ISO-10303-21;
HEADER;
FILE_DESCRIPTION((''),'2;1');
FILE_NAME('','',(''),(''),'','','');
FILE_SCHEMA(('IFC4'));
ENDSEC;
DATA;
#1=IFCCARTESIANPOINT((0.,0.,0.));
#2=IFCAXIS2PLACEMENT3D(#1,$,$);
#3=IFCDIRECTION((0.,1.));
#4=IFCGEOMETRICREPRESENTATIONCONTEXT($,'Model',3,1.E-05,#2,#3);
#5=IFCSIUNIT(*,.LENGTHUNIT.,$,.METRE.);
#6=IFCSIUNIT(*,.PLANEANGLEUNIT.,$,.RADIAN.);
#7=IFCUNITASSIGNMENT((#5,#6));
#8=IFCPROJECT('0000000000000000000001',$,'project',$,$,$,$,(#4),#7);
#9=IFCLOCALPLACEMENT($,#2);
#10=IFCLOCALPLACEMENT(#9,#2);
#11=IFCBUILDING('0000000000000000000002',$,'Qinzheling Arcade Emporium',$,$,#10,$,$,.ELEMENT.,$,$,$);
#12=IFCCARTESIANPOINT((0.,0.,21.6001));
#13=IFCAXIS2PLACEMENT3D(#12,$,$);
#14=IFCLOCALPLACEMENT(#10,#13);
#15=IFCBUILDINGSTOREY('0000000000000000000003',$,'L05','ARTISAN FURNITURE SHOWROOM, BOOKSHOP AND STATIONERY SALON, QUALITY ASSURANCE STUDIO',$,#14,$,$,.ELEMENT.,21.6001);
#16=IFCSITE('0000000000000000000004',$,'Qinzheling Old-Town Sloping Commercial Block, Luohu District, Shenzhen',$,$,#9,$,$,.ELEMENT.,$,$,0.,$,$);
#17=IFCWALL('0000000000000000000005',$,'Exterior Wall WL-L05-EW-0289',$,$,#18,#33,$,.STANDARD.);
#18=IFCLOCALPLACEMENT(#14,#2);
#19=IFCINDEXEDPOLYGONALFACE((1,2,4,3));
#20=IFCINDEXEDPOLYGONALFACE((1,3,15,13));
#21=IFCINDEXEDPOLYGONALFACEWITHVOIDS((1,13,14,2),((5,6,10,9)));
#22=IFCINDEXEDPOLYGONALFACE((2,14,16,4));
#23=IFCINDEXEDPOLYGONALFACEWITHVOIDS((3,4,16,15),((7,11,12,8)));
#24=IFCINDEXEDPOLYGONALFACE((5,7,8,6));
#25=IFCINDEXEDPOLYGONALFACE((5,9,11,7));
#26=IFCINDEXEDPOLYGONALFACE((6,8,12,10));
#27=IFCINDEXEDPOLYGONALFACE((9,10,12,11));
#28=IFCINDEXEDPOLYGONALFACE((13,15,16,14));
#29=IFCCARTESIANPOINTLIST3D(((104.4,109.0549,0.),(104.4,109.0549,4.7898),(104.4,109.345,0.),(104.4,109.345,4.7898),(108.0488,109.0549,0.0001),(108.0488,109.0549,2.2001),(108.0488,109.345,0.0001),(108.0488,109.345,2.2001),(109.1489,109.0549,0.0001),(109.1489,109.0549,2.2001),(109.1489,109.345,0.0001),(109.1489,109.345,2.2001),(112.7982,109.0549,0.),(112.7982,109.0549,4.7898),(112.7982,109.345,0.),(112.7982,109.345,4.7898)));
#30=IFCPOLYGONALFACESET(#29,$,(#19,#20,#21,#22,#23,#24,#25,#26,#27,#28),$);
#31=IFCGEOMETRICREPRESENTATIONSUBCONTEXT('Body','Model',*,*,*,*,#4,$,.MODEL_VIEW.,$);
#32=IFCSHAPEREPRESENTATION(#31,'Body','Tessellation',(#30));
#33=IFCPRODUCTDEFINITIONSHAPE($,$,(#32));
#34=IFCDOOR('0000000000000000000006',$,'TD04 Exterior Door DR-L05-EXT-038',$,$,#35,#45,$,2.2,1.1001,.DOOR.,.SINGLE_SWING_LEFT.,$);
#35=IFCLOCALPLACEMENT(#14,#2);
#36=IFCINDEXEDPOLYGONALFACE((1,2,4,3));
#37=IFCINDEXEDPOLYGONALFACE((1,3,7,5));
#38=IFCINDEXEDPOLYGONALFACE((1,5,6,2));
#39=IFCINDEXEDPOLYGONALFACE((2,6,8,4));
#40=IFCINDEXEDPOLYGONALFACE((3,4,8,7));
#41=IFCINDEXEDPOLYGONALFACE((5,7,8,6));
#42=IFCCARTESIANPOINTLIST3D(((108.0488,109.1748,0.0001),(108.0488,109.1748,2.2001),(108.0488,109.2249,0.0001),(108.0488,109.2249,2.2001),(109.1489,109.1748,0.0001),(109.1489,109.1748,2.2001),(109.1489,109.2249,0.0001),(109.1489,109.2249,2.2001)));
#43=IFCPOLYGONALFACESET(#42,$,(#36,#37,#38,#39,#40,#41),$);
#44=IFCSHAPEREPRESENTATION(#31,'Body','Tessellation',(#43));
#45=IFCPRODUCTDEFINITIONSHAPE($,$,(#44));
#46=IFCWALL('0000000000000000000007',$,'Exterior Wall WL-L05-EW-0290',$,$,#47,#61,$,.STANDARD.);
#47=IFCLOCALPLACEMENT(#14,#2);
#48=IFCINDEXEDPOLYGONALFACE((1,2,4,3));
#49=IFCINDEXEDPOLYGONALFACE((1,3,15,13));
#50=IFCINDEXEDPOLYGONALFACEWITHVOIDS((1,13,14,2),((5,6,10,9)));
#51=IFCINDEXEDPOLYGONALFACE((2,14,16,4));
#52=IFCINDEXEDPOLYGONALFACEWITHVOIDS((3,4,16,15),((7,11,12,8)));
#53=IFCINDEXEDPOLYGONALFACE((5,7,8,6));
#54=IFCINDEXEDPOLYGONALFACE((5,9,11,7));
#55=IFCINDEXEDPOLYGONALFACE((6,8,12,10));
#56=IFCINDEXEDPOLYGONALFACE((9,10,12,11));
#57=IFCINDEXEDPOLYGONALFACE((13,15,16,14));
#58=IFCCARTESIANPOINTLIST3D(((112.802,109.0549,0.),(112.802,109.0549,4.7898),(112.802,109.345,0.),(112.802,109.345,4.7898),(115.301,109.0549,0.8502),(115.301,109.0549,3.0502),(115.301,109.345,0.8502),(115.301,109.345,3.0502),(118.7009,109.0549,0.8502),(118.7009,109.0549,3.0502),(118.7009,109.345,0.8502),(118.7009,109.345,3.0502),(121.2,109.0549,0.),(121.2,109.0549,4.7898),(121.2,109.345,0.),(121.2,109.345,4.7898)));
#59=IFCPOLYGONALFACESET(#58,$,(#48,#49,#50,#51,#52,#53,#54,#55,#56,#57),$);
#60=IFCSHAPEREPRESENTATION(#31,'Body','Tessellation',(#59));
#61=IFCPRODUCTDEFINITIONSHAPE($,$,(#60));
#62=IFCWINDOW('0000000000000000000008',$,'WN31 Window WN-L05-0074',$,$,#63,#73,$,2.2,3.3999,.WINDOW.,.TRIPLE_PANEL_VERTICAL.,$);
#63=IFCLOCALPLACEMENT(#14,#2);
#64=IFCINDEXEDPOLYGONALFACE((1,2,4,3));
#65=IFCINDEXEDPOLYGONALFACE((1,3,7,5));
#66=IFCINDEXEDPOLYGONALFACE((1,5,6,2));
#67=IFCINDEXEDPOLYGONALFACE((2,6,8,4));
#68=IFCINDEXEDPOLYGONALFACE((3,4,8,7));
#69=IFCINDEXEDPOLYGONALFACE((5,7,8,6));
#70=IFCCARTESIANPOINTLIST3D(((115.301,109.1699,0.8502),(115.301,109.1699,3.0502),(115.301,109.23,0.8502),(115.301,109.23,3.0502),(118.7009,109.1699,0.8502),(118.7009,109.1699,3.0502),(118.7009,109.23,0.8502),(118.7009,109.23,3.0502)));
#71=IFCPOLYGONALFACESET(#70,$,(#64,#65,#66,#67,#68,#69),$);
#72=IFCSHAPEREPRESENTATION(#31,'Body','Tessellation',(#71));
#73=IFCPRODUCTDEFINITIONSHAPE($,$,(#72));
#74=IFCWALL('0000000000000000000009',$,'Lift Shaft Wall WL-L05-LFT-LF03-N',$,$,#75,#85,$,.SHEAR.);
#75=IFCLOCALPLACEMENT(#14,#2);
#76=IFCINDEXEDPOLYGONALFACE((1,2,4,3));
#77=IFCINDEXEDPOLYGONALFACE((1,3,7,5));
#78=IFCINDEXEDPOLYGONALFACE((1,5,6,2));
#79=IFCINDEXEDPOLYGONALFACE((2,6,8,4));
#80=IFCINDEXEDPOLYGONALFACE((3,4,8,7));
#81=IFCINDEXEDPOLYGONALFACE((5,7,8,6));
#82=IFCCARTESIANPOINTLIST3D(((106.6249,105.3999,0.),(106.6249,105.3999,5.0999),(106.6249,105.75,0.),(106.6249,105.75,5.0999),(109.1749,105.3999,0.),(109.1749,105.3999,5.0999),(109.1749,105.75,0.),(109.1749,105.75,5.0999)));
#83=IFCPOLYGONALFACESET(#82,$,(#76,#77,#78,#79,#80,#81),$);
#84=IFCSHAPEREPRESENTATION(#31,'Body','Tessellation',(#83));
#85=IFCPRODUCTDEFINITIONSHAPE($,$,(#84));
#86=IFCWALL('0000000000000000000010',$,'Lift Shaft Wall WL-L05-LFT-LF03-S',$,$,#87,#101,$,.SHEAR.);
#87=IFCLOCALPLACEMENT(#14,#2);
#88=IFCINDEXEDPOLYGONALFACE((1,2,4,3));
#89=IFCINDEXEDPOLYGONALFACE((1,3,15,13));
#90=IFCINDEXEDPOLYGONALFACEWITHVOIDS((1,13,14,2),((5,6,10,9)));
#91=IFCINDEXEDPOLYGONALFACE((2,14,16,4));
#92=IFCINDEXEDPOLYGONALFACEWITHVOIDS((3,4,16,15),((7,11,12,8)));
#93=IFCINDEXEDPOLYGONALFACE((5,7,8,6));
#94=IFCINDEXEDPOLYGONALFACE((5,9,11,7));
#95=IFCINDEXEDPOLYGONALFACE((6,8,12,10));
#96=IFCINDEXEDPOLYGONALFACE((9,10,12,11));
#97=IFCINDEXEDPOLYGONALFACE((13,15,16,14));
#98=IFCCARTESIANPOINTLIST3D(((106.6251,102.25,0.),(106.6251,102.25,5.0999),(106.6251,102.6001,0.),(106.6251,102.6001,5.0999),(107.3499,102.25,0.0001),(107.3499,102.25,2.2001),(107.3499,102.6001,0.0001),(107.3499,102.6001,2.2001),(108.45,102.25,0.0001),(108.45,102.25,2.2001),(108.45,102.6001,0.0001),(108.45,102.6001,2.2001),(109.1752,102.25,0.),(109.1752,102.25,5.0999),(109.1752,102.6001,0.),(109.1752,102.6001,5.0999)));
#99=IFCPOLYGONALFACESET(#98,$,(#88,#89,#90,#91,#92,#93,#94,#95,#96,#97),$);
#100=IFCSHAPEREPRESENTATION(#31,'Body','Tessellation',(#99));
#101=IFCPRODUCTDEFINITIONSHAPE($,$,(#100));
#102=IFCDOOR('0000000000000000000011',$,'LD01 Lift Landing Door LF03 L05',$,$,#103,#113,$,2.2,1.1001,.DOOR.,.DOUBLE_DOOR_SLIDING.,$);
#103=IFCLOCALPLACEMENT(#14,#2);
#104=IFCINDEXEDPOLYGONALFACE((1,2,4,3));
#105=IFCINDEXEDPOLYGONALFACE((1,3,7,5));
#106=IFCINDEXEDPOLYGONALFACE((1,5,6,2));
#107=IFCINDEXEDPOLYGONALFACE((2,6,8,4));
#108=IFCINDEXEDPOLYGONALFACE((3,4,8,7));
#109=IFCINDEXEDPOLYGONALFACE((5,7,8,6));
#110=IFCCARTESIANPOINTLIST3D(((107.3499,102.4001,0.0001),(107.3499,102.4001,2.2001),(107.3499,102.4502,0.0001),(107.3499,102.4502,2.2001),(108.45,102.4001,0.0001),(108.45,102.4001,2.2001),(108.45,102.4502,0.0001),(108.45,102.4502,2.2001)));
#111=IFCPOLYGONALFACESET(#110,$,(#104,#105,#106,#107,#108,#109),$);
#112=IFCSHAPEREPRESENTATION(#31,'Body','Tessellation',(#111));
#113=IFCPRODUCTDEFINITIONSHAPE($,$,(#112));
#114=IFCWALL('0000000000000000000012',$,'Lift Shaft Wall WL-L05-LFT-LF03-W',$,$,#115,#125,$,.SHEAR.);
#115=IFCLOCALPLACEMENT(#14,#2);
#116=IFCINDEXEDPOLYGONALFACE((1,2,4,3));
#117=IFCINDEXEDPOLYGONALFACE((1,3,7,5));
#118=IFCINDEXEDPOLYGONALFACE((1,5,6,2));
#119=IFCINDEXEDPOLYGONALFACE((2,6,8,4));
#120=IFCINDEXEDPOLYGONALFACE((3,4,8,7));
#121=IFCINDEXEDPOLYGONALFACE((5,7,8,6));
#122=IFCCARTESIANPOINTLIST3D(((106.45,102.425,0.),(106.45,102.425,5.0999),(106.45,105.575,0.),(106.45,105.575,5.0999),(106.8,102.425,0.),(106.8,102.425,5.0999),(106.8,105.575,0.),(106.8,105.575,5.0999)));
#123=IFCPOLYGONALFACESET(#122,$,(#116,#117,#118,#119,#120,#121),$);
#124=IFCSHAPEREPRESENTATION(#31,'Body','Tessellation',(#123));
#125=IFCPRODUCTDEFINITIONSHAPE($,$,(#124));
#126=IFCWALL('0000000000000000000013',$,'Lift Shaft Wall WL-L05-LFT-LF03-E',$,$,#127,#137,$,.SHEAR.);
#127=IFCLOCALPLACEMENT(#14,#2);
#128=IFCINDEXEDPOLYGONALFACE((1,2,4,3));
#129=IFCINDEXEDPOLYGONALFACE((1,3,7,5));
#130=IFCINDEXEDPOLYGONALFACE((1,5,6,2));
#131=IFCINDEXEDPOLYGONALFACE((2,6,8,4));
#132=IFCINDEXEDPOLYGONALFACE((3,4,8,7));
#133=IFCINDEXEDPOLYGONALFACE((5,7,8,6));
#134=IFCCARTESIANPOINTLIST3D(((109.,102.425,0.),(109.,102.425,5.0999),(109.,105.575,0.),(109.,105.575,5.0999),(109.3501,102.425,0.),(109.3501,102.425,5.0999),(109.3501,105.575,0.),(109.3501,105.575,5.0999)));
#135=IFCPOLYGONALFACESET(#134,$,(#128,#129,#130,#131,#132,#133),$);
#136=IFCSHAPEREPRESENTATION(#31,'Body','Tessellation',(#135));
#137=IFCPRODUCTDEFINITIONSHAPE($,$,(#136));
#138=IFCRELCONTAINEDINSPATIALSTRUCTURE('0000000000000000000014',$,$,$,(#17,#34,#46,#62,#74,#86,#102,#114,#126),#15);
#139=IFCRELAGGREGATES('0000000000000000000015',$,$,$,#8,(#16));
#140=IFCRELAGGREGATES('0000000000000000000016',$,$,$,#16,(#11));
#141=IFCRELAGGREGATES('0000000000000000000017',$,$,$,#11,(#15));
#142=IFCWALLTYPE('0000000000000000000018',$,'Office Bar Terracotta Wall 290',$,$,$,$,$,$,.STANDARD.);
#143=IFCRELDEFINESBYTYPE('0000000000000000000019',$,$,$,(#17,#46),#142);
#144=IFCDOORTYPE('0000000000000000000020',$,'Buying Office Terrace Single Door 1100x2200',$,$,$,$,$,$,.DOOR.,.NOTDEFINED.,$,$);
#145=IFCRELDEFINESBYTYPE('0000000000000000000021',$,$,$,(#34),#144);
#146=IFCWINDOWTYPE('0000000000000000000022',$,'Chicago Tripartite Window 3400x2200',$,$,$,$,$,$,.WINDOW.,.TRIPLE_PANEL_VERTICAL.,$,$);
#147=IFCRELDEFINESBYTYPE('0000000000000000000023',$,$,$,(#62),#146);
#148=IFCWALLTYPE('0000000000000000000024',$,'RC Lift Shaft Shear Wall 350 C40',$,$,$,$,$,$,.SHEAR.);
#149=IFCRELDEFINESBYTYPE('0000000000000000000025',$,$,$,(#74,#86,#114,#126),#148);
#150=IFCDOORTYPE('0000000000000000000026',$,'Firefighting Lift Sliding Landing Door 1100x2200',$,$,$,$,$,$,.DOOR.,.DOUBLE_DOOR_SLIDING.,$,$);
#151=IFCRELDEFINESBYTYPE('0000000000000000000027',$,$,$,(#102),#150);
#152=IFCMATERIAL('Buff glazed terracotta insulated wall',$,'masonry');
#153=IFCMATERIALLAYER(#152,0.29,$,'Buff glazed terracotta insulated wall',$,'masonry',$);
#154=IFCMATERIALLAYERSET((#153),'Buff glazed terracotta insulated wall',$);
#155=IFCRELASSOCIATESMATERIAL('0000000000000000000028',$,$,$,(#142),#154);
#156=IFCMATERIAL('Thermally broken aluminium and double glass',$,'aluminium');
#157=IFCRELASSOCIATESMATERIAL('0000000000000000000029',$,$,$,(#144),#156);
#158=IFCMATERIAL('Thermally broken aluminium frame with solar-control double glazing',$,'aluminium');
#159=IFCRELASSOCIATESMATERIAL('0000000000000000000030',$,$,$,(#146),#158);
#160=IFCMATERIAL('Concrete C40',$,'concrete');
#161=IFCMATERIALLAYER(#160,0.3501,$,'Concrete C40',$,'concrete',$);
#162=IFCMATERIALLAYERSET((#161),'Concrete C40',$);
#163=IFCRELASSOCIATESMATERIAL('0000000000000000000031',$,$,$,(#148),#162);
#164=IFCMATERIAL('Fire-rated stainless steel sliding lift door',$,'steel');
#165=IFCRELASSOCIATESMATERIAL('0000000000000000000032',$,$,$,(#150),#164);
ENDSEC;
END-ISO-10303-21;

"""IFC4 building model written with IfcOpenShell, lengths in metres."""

from ifc_helpers import new_model, si_unit, direction, frame, frame_2d, origin, place, context, subcontext, project, spatial, rectangle, extrude, material, layer, layer_set, type_object, element, fill, save


model = new_model("IFC4")

# Units and contexts
model_context = context("Model", 3, precision=1e-05, world=origin(), true_north=direction((0.0, 1.0)))
body_context = subcontext(model_context, "Body", "Model", "MODEL_VIEW")
ifc_project = project(units=[si_unit("LENGTHUNIT", "METRE"), si_unit("PLANEANGLEUNIT", "RADIAN")], contexts=[model_context])

# Site, building, storey
site_placement = place(None, origin())
site = spatial("IfcSite", under=ifc_project, at=site_placement, Name="Qinzheling Old-Town Sloping Commercial Block, Luohu District, Shenzhen", CompositionType="ELEMENT", RefElevation=0.0)
building_placement = place(site_placement, origin())
building = spatial("IfcBuilding", under=site, at=building_placement, Name="Qinzheling Arcade Emporium", CompositionType="ELEMENT")
storey_placement = place(building_placement, frame((0.0, 0.0, 21.6001)))
storey = spatial("IfcBuildingStorey", under=building, at=storey_placement, Name="L05", Description="ARTISAN FURNITURE SHOWROOM, BOOKSHOP AND STATIONERY SALON, QUALITY ASSURANCE STUDIO", CompositionType="ELEMENT", Elevation=21.6001)

# Shared definitions
ifc_material_1 = material(Name="Concrete C40", Category="concrete")

# Shared definitions
ifc_material_2 = material(Name="Thermally broken aluminium frame with solar-control double glazing", Category="aluminium")

# Wall, opening, door
ifc_material_3 = material(Name="Buff glazed terracotta insulated wall", Category="masonry")
ifc_layer_1 = layer(ifc_material_3, 0.29, Name="Buff glazed terracotta insulated wall", Category="masonry")
ifc_layer_set_1 = layer_set([ifc_layer_1], Name="Buff glazed terracotta insulated wall")
wall_type_1 = type_object("IfcWallType", Name="Office Bar Terracotta Wall 290", PredefinedType="STANDARD", material=ifc_layer_set_1)
wall_1_placement = place(storey_placement, frame((104.3999, 109.2, 0.0), z_axis=(0.0, 0.0, 1.0), x_axis=(1.0, 0.0, 0.0)))
wall_1 = element("IfcWall", 1, at=wall_1_placement, inside=storey, type_object=wall_type_1, Name="Exterior Wall WL-L05-EW-0289", PredefinedType="STANDARD", context=body_context, shape_type="SweptSolid", body=[
    extrude(rectangle(XDim=8.3982, YDim=0.29, at=frame_2d((4.1992, 0.0))), origin(), (0.0, 0.0, 1.0), 4.7898),
])
opening_1_placement = place(wall_1_placement, frame((3.6489, 0.0, 0.0)))
opening_1 = element("IfcOpeningElement", 2, at=opening_1_placement, cuts=wall_1, PredefinedType="OPENING", context=body_context, shape_type="SweptSolid", body=[
    extrude(rectangle(XDim=1.1001, YDim=2.2, at=frame_2d((0.55, 1.1001))), frame((0.0, 0.155, 0.0), z_axis=(0.0, -1.0, 0.0), x_axis=(1.0, 0.0, 0.0)), (0.0, 0.0, 1.0), 0.3101),
])
ifc_material_4 = material(Name="Thermally broken aluminium and double glass", Category="aluminium")
door_type_1 = type_object("IfcDoorType", Name="Buying Office Terrace Single Door 1100x2200", OperationType="NOTDEFINED", PredefinedType="DOOR", material=ifc_material_4)
door_1_placement = place(opening_1_placement, origin())
door_1 = element("IfcDoor", 3, at=door_1_placement, inside=storey, type_object=door_type_1, Name="TD04 Exterior Door DR-L05-EXT-038", OperationType="SINGLE_SWING_LEFT", OverallHeight=2.2, OverallWidth=1.1001, PredefinedType="DOOR", context=body_context, shape_type="SweptSolid", body=[
    extrude(rectangle(XDim=1.1001, YDim=2.2, at=frame_2d((0.55, 1.1001))), frame((0.0, 0.0249, 0.0), z_axis=(0.0, -1.0, 0.0), x_axis=(1.0, 0.0, 0.0)), (0.0, 0.0, 1.0), 0.05),
])
fill(opening_1, door_1)

# Wall, opening, window
wall_2_placement = place(storey_placement, frame((112.802, 109.2, 0.0), z_axis=(0.0, 0.0, 1.0), x_axis=(1.0, 0.0, 0.0)))
wall_2 = element("IfcWall", 4, at=wall_2_placement, inside=storey, type_object=wall_type_1, Name="Exterior Wall WL-L05-EW-0290", PredefinedType="STANDARD", context=body_context, shape_type="SweptSolid", body=[
    extrude(rectangle(XDim=8.3979, YDim=0.29, at=frame_2d((4.199, 0.0))), origin(), (0.0, 0.0, 1.0), 4.7898),
])
opening_2_placement = place(wall_2_placement, frame((2.499, 0.0, 0.8501)))
opening_2 = element("IfcOpeningElement", 5, at=opening_2_placement, cuts=wall_2, PredefinedType="OPENING", context=body_context, shape_type="SweptSolid", body=[
    extrude(rectangle(XDim=3.3999, YDim=2.2, at=frame_2d((1.7, 1.1001))), frame((0.0, 0.155, 0.0), z_axis=(0.0, -1.0, 0.0), x_axis=(1.0, 0.0, 0.0)), (0.0, 0.0, 1.0), 0.3101),
])
window_type_1 = type_object("IfcWindowType", Name="Chicago Tripartite Window 3400x2200", PartitioningType="TRIPLE_PANEL_VERTICAL", PredefinedType="WINDOW", material=ifc_material_2)
window_1_placement = place(opening_2_placement, origin())
window_1 = element("IfcWindow", 6, at=window_1_placement, inside=storey, type_object=window_type_1, Name="WN31 Window WN-L05-0074", OverallHeight=2.2, OverallWidth=3.3999, PartitioningType="TRIPLE_PANEL_VERTICAL", PredefinedType="WINDOW", context=body_context, shape_type="SweptSolid", body=[
    extrude(rectangle(XDim=3.3999, YDim=2.2, at=frame_2d((1.7, 1.1001))), frame((0.0, 0.03, 0.0), z_axis=(0.0, -1.0, 0.0), x_axis=(1.0, 0.0, 0.0)), (0.0, 0.0, 1.0), 0.0601),
])
fill(opening_2, window_1)

# Wall
ifc_layer_2 = layer(ifc_material_1, 0.3501, Name="Concrete C40", Category="concrete")
ifc_layer_set_2 = layer_set([ifc_layer_2], Name="Concrete C40")
wall_type_2 = type_object("IfcWallType", Name="RC Lift Shaft Shear Wall 350 C40", PredefinedType="SHEAR", material=ifc_layer_set_2)
wall_3_placement = place(storey_placement, frame((106.625, 105.575, 0.0), z_axis=(0.0, 0.0, 1.0), x_axis=(1.0, 0.0, 0.0)))
element("IfcWall", 7, at=wall_3_placement, inside=storey, type_object=wall_type_2, Name="Lift Shaft Wall WL-L05-LFT-LF03-N", PredefinedType="SHEAR", context=body_context, shape_type="SweptSolid", body=[
    extrude(rectangle(XDim=2.55, YDim=0.3501, at=frame_2d((1.2749, 0.0))), origin(), (0.0, 0.0, 1.0), 5.0999),
])

# Wall, opening, door
wall_4_placement = place(storey_placement, frame((109.175, 102.425, 0.0), z_axis=(0.0, 0.0, 1.0), x_axis=(-1.0, 0.0, 0.0)))
wall_4 = element("IfcWall", 8, at=wall_4_placement, inside=storey, type_object=wall_type_2, Name="Lift Shaft Wall WL-L05-LFT-LF03-S", PredefinedType="SHEAR", context=body_context, shape_type="SweptSolid", body=[
    extrude(rectangle(XDim=2.55, YDim=0.3501, at=frame_2d((1.2749, 0.0))), origin(), (0.0, 0.0, 1.0), 5.0999),
])
opening_3_placement = place(wall_4_placement, frame((0.7251, 0.0, 0.0)))
opening_3 = element("IfcOpeningElement", 9, at=opening_3_placement, cuts=wall_4, PredefinedType="OPENING", context=body_context, shape_type="SweptSolid", body=[
    extrude(rectangle(XDim=1.1001, YDim=2.2, at=frame_2d((0.55, 1.1001))), frame((0.0, 0.1851, 0.0), z_axis=(0.0, -1.0, 0.0), x_axis=(1.0, 0.0, 0.0)), (0.0, 0.0, 1.0), 0.3701),
])
ifc_material_5 = material(Name="Fire-rated stainless steel sliding lift door", Category="steel")
door_type_2 = type_object("IfcDoorType", Name="Firefighting Lift Sliding Landing Door 1100x2200", OperationType="DOUBLE_DOOR_SLIDING", PredefinedType="DOOR", material=ifc_material_5)
door_2_placement = place(opening_3_placement, origin())
door_2 = element("IfcDoor", 10, at=door_2_placement, inside=storey, type_object=door_type_2, Name="LD01 Lift Landing Door LF03 L05", OperationType="DOUBLE_DOOR_SLIDING", OverallHeight=2.2, OverallWidth=1.1001, PredefinedType="DOOR", context=body_context, shape_type="SweptSolid", body=[
    extrude(rectangle(XDim=1.1001, YDim=2.2, at=frame_2d((0.55, 1.1001))), frame((0.0, 0.0249, 0.0), z_axis=(0.0, -1.0, 0.0), x_axis=(1.0, 0.0, 0.0)), (0.0, 0.0, 1.0), 0.05),
])
fill(opening_3, door_2)

# Walls
for number, where, z_axis, x_axis, name in (
    (11, (106.625, 102.425, 0.0), (0.0, 0.0, 1.0), (0.0, 1.0, 0.0), "Lift Shaft Wall WL-L05-LFT-LF03-W"),
    (12, (109.175, 105.575, 0.0), (0.0, 0.0, 1.0), (0.0, -1.0, 0.0), "Lift Shaft Wall WL-L05-LFT-LF03-E"),
):
    element("IfcWall", number, at=place(storey_placement, frame(where, z_axis=z_axis, x_axis=x_axis)), inside=storey, type_object=wall_type_2, Name=name, PredefinedType="SHEAR", context=body_context, shape_type="SweptSolid", body=[
        extrude(rectangle(XDim=3.1499, YDim=0.3501, at=frame_2d((1.575, 0.0))), origin(), (0.0, 0.0, 1.0), 5.0999),
    ])

save(model, "model.ifc")
